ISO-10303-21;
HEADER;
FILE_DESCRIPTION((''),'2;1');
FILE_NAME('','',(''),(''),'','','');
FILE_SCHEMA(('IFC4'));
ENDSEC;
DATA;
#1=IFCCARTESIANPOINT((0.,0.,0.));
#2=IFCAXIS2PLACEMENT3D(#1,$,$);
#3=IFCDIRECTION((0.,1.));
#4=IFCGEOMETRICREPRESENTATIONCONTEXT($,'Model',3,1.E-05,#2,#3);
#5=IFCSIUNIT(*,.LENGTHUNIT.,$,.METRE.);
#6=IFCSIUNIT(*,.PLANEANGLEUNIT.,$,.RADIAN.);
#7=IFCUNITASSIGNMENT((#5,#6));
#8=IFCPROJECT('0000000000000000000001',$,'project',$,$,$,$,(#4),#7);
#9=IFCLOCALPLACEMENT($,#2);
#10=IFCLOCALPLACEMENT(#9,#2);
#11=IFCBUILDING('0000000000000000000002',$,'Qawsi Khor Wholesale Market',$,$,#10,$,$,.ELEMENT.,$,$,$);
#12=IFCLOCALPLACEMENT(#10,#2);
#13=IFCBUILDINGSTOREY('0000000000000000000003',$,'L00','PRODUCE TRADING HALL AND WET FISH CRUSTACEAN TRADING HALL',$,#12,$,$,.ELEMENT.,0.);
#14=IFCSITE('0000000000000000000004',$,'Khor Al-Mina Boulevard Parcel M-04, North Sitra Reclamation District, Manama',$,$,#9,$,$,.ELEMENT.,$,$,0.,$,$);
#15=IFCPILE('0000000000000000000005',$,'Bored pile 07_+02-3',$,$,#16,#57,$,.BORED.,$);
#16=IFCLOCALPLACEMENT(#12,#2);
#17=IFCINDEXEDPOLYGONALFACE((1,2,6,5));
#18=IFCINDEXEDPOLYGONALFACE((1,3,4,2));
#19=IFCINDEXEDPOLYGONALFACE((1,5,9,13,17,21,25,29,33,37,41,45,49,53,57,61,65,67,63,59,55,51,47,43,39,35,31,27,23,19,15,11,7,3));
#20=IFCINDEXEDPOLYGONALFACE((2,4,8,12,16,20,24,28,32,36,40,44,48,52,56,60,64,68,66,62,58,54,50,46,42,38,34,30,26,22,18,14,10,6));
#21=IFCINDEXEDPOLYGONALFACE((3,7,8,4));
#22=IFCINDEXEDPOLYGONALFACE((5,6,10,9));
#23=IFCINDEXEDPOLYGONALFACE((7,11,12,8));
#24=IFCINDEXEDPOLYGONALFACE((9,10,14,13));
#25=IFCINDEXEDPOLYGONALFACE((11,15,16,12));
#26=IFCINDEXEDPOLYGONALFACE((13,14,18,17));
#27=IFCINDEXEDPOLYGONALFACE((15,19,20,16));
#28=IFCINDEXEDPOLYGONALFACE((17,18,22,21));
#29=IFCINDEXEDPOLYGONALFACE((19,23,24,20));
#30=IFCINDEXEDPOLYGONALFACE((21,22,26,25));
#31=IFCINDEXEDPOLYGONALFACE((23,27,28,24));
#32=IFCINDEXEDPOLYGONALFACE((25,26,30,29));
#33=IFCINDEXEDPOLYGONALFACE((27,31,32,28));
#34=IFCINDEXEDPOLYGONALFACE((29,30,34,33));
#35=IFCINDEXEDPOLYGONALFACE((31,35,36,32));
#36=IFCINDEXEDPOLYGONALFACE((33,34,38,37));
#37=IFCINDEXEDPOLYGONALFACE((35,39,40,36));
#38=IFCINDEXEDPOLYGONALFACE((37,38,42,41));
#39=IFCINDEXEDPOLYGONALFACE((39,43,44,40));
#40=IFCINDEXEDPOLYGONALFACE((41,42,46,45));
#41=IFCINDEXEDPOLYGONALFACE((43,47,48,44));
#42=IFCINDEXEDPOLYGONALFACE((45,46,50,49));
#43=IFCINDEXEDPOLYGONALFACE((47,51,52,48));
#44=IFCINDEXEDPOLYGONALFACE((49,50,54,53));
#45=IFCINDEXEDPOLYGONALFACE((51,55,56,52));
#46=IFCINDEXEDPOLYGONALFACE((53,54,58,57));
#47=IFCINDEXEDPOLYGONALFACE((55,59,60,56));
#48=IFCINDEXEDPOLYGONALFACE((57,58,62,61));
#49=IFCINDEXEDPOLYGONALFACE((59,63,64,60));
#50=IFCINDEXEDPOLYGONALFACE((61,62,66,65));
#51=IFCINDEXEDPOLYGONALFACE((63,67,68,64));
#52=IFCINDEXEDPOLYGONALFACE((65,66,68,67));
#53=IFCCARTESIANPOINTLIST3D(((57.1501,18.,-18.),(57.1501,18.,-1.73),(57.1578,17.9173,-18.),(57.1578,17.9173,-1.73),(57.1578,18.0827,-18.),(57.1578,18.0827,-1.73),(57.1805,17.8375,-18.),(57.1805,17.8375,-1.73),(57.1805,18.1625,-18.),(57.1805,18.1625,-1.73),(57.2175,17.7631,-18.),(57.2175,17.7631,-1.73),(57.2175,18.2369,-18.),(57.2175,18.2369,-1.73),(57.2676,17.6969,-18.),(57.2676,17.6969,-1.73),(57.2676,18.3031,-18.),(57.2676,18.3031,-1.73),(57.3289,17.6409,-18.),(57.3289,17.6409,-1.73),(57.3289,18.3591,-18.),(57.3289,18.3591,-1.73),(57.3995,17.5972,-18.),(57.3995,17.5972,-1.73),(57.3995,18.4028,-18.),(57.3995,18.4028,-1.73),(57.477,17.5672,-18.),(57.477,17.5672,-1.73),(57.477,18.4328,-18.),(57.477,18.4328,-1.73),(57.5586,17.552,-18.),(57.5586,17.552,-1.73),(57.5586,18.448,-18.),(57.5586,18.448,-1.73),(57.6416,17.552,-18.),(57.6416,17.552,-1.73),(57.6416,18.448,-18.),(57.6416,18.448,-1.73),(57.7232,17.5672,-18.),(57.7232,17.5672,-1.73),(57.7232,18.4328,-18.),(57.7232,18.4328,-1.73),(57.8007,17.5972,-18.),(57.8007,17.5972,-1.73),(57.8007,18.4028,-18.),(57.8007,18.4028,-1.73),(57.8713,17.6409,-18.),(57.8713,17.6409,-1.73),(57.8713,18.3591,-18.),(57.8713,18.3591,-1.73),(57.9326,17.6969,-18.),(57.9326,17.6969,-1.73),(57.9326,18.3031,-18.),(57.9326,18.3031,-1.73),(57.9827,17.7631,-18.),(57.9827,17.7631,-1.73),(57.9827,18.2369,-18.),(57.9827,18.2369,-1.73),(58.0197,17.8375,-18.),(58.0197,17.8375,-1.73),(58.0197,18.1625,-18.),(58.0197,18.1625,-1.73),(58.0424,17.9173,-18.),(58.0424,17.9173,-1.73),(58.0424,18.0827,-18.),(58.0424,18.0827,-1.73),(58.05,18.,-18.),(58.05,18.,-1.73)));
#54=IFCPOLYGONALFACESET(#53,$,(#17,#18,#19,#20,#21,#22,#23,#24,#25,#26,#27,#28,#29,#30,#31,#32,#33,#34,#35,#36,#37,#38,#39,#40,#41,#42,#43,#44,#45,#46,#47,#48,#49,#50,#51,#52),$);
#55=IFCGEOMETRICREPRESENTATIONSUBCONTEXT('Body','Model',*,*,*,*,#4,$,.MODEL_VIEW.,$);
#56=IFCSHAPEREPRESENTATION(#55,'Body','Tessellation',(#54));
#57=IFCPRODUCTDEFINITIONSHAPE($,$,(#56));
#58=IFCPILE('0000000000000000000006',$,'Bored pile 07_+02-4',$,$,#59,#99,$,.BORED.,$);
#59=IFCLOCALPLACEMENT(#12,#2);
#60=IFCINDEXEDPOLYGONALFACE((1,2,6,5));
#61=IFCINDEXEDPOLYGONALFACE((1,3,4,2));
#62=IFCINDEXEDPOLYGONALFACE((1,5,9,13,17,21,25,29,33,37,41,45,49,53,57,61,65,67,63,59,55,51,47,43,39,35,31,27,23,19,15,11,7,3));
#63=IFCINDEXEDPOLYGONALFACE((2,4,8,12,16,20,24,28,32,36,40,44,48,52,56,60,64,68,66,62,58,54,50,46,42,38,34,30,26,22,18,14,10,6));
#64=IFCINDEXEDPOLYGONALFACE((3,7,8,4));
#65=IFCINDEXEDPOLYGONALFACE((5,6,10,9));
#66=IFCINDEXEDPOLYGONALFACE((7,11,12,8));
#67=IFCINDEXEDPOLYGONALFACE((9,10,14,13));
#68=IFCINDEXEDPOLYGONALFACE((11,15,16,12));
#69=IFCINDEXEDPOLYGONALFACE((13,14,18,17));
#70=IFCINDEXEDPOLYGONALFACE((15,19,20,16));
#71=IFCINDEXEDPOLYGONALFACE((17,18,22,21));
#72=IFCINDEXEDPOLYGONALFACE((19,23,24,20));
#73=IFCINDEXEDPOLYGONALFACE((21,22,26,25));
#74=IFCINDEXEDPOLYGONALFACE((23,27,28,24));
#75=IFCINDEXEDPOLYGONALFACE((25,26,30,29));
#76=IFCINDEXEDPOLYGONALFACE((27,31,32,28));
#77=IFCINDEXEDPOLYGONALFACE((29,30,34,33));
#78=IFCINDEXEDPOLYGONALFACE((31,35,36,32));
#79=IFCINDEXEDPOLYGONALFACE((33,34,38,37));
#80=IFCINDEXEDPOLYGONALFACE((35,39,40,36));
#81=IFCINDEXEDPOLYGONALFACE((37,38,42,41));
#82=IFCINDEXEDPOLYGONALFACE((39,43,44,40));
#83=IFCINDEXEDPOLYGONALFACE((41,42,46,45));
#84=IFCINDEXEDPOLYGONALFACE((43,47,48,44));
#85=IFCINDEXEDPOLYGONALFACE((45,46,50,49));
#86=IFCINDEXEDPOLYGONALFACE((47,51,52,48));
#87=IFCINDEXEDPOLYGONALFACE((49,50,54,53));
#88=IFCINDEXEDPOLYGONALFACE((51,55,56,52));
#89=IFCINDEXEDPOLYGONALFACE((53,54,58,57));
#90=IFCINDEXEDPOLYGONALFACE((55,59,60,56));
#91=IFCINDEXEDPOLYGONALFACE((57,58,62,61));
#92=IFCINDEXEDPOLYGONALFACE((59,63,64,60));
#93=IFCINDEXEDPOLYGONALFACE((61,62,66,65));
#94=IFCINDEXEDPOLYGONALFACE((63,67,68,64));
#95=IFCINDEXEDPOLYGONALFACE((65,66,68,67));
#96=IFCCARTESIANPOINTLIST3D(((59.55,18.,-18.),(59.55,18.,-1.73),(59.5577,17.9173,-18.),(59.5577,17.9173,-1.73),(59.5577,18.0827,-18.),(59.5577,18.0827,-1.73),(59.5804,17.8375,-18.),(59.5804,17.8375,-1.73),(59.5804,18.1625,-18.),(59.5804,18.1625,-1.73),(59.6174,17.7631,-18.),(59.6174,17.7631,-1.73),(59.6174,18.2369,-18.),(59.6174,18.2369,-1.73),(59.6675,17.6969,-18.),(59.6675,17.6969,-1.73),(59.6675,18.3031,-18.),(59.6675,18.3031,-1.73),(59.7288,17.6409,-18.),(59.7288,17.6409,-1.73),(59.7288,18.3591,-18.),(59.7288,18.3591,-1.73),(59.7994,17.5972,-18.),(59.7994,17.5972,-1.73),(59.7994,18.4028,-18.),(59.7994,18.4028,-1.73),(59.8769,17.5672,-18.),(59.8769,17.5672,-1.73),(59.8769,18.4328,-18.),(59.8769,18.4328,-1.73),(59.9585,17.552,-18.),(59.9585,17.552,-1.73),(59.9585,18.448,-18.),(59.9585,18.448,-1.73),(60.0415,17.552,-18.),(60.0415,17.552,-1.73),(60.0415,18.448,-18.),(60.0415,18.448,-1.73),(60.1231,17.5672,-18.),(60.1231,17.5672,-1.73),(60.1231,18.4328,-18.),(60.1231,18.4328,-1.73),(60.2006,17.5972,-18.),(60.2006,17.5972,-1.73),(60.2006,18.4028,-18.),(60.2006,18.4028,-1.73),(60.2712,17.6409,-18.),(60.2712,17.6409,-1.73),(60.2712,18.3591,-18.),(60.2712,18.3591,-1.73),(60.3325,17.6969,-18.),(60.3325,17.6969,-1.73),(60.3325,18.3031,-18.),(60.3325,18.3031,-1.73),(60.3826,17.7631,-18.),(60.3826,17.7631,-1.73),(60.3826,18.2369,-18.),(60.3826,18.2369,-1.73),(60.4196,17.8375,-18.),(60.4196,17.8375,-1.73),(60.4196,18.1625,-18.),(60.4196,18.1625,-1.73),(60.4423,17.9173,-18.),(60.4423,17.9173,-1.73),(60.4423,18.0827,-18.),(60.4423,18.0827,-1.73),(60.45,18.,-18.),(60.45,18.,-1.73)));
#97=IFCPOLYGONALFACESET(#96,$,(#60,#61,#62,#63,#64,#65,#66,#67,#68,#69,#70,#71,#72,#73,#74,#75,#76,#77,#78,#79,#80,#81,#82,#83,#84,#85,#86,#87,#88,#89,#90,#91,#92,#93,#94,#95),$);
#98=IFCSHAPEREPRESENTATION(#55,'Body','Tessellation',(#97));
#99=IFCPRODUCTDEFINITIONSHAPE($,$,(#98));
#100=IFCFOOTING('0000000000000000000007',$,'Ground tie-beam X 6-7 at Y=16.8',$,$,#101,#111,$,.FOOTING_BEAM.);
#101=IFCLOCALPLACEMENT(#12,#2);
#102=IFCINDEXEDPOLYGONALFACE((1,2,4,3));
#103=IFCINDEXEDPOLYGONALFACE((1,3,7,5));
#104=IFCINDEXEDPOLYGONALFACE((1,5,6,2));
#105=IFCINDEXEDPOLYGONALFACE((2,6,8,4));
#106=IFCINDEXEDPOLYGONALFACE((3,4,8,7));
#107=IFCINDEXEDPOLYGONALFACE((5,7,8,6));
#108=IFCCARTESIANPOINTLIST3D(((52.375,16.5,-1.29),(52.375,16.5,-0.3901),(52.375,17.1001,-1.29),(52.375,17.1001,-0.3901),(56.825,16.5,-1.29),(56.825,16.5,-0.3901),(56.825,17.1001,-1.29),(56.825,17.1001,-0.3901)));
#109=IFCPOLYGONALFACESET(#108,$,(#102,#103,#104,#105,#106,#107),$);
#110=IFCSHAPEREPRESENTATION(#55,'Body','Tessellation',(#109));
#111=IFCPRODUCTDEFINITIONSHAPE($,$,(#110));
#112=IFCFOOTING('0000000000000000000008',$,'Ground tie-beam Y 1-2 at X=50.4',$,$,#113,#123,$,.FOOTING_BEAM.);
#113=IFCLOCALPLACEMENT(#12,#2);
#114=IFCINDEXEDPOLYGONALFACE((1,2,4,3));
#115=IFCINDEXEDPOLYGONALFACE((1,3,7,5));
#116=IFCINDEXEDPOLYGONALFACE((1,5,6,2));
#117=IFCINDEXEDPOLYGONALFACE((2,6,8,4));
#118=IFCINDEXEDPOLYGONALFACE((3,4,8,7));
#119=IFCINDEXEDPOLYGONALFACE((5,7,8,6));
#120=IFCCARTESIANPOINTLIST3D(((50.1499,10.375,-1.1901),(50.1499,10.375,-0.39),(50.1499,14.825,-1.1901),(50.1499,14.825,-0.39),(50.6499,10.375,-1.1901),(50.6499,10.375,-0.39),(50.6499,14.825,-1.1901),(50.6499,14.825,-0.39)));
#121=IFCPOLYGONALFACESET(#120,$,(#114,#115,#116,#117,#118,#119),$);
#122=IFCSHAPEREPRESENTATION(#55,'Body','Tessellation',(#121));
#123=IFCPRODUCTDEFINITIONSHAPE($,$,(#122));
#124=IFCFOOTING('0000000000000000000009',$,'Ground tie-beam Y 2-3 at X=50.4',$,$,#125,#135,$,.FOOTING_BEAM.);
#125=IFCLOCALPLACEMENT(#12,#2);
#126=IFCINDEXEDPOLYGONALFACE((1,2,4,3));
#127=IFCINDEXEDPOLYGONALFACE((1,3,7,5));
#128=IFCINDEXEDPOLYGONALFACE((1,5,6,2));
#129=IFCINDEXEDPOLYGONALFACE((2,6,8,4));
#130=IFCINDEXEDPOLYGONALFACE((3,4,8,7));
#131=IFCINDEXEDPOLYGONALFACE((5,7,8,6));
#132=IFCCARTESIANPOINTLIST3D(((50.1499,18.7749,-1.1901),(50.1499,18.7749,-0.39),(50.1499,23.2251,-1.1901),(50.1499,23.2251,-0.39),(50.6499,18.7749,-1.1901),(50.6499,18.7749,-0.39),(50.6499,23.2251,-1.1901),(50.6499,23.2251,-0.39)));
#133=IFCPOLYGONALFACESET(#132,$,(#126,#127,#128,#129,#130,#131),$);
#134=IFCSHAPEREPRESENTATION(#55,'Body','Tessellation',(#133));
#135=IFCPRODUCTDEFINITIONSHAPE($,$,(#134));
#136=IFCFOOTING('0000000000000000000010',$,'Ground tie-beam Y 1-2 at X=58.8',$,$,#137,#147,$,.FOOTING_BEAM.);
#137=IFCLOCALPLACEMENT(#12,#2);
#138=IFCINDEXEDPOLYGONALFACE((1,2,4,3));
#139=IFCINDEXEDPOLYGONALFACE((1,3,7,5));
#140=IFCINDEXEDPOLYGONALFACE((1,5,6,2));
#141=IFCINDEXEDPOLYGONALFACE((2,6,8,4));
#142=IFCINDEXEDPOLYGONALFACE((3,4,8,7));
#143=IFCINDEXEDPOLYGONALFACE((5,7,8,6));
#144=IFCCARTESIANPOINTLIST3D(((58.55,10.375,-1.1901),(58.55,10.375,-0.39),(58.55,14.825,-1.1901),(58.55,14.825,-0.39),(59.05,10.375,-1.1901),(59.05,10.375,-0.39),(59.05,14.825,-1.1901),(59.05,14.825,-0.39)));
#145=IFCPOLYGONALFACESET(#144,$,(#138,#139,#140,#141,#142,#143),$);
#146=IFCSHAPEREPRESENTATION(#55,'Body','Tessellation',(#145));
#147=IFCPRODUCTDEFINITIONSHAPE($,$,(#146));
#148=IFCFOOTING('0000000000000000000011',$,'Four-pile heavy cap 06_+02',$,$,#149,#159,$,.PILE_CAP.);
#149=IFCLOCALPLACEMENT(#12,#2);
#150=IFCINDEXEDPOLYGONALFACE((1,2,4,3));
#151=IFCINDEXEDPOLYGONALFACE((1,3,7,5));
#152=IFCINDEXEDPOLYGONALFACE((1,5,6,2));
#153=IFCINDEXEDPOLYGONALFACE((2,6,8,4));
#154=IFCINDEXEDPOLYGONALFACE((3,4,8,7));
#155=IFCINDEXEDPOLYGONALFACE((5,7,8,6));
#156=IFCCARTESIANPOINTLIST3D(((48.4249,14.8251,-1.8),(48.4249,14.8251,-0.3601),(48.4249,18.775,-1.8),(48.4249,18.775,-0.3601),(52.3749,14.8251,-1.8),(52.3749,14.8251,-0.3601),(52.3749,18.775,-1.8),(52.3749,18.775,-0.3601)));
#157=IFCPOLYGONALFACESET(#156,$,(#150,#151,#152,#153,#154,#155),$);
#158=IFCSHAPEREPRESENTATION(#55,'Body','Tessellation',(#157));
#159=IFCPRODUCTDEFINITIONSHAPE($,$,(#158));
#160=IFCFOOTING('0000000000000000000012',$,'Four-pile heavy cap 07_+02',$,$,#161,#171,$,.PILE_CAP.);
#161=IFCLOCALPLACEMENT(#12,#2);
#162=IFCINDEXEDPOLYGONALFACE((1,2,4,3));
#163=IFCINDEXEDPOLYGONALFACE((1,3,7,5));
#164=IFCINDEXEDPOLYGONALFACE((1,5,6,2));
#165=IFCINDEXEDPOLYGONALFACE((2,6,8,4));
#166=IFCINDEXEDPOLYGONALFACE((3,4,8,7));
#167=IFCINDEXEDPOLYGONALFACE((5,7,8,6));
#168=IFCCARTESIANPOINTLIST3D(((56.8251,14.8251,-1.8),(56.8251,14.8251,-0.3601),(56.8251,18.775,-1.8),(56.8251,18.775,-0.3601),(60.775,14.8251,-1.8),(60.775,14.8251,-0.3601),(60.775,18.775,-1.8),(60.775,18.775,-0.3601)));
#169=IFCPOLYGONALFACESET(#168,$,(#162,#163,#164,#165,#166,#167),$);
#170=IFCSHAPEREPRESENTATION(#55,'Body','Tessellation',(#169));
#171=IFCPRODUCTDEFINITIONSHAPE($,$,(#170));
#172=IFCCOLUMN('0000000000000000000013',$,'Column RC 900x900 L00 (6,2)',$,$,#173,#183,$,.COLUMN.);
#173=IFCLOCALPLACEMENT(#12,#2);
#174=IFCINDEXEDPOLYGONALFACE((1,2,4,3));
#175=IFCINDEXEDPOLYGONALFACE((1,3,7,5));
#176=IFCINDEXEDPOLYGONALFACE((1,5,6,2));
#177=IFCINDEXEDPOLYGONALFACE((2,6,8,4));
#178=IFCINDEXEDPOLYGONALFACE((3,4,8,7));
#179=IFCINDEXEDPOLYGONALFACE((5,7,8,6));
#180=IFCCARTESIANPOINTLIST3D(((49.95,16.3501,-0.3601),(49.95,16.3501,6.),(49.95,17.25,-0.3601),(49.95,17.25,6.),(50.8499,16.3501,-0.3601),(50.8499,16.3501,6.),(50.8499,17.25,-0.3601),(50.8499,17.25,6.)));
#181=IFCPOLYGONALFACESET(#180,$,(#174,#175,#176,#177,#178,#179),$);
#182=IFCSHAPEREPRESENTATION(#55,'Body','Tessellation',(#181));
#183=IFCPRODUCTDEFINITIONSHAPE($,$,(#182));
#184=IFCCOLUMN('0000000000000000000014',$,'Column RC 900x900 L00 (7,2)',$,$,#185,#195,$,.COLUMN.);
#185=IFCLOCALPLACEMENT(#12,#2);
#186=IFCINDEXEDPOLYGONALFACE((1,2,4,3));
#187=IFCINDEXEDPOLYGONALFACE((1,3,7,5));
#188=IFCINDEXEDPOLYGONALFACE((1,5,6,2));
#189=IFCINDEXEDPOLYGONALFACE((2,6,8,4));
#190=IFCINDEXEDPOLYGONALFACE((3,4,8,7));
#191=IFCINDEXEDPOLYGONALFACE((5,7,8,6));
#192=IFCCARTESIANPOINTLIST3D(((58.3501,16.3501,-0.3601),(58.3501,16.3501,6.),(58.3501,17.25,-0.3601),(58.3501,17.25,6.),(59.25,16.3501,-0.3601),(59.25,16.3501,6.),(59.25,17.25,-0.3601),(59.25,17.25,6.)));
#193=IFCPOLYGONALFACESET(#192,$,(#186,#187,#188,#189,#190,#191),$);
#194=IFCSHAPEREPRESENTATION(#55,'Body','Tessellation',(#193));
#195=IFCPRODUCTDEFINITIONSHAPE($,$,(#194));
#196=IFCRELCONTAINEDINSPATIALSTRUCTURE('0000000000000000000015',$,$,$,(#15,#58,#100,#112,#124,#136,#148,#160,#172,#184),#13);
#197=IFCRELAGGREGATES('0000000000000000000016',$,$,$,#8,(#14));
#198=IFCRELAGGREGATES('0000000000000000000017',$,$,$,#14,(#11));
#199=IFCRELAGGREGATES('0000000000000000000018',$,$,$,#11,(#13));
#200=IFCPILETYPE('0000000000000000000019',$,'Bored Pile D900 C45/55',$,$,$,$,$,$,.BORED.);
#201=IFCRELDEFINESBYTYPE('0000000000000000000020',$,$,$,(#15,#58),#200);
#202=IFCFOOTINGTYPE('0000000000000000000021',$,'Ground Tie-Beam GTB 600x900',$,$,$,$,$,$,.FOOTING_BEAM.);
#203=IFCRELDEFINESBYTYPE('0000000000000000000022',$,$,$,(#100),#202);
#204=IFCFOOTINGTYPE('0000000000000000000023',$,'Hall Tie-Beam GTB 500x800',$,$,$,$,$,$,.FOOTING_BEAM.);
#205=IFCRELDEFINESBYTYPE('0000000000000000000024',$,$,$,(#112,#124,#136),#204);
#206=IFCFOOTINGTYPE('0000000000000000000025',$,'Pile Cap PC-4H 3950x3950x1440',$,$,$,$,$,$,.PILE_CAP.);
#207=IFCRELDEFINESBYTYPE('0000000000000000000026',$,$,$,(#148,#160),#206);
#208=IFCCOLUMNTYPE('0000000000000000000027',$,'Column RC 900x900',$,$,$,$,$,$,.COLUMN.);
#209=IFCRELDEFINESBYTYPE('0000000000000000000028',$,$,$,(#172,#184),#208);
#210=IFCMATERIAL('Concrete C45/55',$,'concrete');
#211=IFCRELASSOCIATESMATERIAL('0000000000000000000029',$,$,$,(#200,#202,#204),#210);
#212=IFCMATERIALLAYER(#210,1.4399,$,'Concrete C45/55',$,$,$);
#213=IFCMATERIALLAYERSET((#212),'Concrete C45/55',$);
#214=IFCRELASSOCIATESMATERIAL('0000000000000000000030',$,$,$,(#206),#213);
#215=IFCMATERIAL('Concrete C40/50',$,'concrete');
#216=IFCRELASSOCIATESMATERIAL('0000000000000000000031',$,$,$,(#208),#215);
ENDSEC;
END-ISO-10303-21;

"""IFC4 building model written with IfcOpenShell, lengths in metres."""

from ifc_helpers import new_model, si_unit, direction, frame, origin, origin_2d, place, context, subcontext, project, spatial, rectangle, circle, extrude, material, layer, layer_set, material_profile, profile_set, type_object, element, save


model = new_model("IFC4")

# Units and contexts
model_context = context("Model", 3, precision=1e-05, world=origin(), true_north=direction((0.0, 1.0)))
body_context = subcontext(model_context, "Body", "Model", "MODEL_VIEW")
ifc_project = project(units=[si_unit("LENGTHUNIT", "METRE"), si_unit("PLANEANGLEUNIT", "RADIAN")], contexts=[model_context])

# Site, building, storey
site_placement = place(None, origin())
site = spatial("IfcSite", under=ifc_project, at=site_placement, Name="Khor Al-Mina Boulevard Parcel M-04, North Sitra Reclamation District, Manama", CompositionType="ELEMENT", RefElevation=0.0)
building_placement = place(site_placement, origin())
building = spatial("IfcBuilding", under=site, at=building_placement, Name="Qawsi Khor Wholesale Market", CompositionType="ELEMENT")
storey_placement = place(building_placement, origin())
storey = spatial("IfcBuildingStorey", under=building, at=storey_placement, Name="L00", Description="PRODUCE TRADING HALL AND WET FISH CRUSTACEAN TRADING HALL", CompositionType="ELEMENT", Elevation=0.0)

# Piles
ifc_material_1 = material(Name="Concrete C45/55", Category="concrete")
ifc_material_profile_1 = material_profile(ifc_material_1, circle(Radius=0.45, at=origin_2d()), Name="PILE D900")
ifc_profile_set_1 = profile_set([ifc_material_profile_1], Name="Concrete C45/55")
pile_type = type_object("IfcPileType", Name="Bored Pile D900 C45/55", PredefinedType="BORED", material=ifc_profile_set_1)
for number, where, z_axis, x_axis, name in (
    (1, (57.6001, 18.0, -1.73), (0.0, 0.0, -1.0), (1.0, 0.0, 0.0), "Bored pile 07_+02-3"),
    (2, (60.0, 18.0, -1.73), (0.0, 0.0, -1.0), (1.0, 0.0, 0.0), "Bored pile 07_+02-4"),
):
    element("IfcPile", number, at=place(storey_placement, frame(where, z_axis=z_axis, x_axis=x_axis)), inside=storey, type_object=pile_type, Name=name, PredefinedType="BORED", context=body_context, shape_type="SweptSolid", body=[
        extrude(circle(Radius=0.45, at=origin_2d()), origin(), (0.0, 0.0, 1.0), 16.27),
    ])

# Footings
ifc_material_profile_2 = material_profile(ifc_material_1, rectangle(XDim=0.6001, YDim=0.8999, at=origin_2d()), Name="RC 600x900")
ifc_profile_set_2 = profile_set([ifc_material_profile_2], Name="Concrete C45/55")
footing_type_1 = type_object("IfcFootingType", Name="Ground Tie-Beam GTB 600x900", PredefinedType="FOOTING_BEAM", material=ifc_profile_set_2)
footing_1_placement = place(storey_placement, frame((52.375, 16.8, -0.8401), z_axis=(1.0, 0.0, 0.0), x_axis=(0.0, 1.0, 0.0)))
element("IfcFooting", 3, at=footing_1_placement, inside=storey, type_object=footing_type_1, Name="Ground tie-beam X 6-7 at Y=16.8", PredefinedType="FOOTING_BEAM", context=body_context, shape_type="SweptSolid", body=[
    extrude(rectangle(XDim=0.6001, YDim=0.8999, at=origin_2d()), origin(), (0.0, 0.0, 1.0), 4.45),
])
ifc_material_profile_3 = material_profile(ifc_material_1, rectangle(XDim=0.5, YDim=0.8, at=origin_2d()), Name="RC 500x800")
ifc_profile_set_3 = profile_set([ifc_material_profile_3], Name="Concrete C45/55")
footing_type_2 = type_object("IfcFootingType", Name="Hall Tie-Beam GTB 500x800", PredefinedType="FOOTING_BEAM", material=ifc_profile_set_3)
footing_2_placement = place(storey_placement, frame((50.3999, 10.375, -0.79), z_axis=(0.0, 1.0, 0.0), x_axis=(-1.0, 0.0, 0.0)))
element("IfcFooting", 4, at=footing_2_placement, inside=storey, type_object=footing_type_2, Name="Ground tie-beam Y 1-2 at X=50.4", PredefinedType="FOOTING_BEAM", context=body_context, shape_type="SweptSolid", body=[
    extrude(rectangle(XDim=0.5, YDim=0.8, at=origin_2d()), origin(), (0.0, 0.0, 1.0), 4.45),
])
footing_3_placement = place(storey_placement, frame((50.3999, 18.7749, -0.79), z_axis=(0.0, 1.0, 0.0), x_axis=(-1.0, 0.0, 0.0)))
element("IfcFooting", 5, at=footing_3_placement, inside=storey, type_object=footing_type_2, Name="Ground tie-beam Y 2-3 at X=50.4", PredefinedType="FOOTING_BEAM", context=body_context, shape_type="SweptSolid", body=[
    extrude(rectangle(XDim=0.5, YDim=0.8, at=origin_2d()), origin(), (0.0, 0.0, 1.0), 4.4502),
])
footing_4_placement = place(storey_placement, frame((58.8, 10.375, -0.79), z_axis=(0.0, 1.0, 0.0), x_axis=(-1.0, 0.0, 0.0)))
element("IfcFooting", 6, at=footing_4_placement, inside=storey, type_object=footing_type_2, Name="Ground tie-beam Y 1-2 at X=58.8", PredefinedType="FOOTING_BEAM", context=body_context, shape_type="SweptSolid", body=[
    extrude(rectangle(XDim=0.5, YDim=0.8, at=origin_2d()), origin(), (0.0, 0.0, 1.0), 4.45),
])
ifc_layer_1 = layer(ifc_material_1, 1.4399, Name="Concrete C45/55")
ifc_layer_set_1 = layer_set([ifc_layer_1], Name="Concrete C45/55")
footing_type_3 = type_object("IfcFootingType", Name="Pile Cap PC-4H 3950x3950x1440", PredefinedType="PILE_CAP", material=ifc_layer_set_1)
for number, where, z_axis, x_axis, name in (
    (7, (50.3999, 16.8, -1.8), (0.0, 0.0, 1.0), (1.0, 0.0, 0.0), "Four-pile heavy cap 06_+02"),
    (8, (58.8, 16.8, -1.8), (0.0, 0.0, 1.0), (1.0, 0.0, 0.0), "Four-pile heavy cap 07_+02"),
):
    element("IfcFooting", number, at=place(storey_placement, frame(where, z_axis=z_axis, x_axis=x_axis)), inside=storey, type_object=footing_type_3, Name=name, PredefinedType="PILE_CAP", context=body_context, shape_type="SweptSolid", body=[
        extrude(rectangle(XDim=3.95, YDim=3.95, at=origin_2d()), origin(), (0.0, 0.0, 1.0), 1.4399),
    ])

# Columns
ifc_material_2 = material(Name="Concrete C40/50", Category="concrete")
ifc_material_profile_4 = material_profile(ifc_material_2, rectangle(XDim=0.8999, YDim=0.8999, at=origin_2d()), Name="RC 900x900")
ifc_profile_set_4 = profile_set([ifc_material_profile_4], Name="Concrete C40/50")
column_type = type_object("IfcColumnType", Name="Column RC 900x900", PredefinedType="COLUMN", material=ifc_profile_set_4)
for number, where, z_axis, x_axis, name in (
    (9, (50.3999, 16.8, -0.3601), (0.0, 0.0, 1.0), (1.0, 0.0, 0.0), "Column RC 900x900 L00 (6,2)"),
    (10, (58.8, 16.8, -0.3601), (0.0, 0.0, 1.0), (1.0, 0.0, 0.0), "Column RC 900x900 L00 (7,2)"),
):
    element("IfcColumn", number, at=place(storey_placement, frame(where, z_axis=z_axis, x_axis=x_axis)), inside=storey, type_object=column_type, Name=name, PredefinedType="COLUMN", context=body_context, shape_type="SweptSolid", body=[
        extrude(rectangle(XDim=0.8999, YDim=0.8999, at=origin_2d()), origin(), (0.0, 0.0, 1.0), 6.3601),
    ])

save(model, "model.ifc")
